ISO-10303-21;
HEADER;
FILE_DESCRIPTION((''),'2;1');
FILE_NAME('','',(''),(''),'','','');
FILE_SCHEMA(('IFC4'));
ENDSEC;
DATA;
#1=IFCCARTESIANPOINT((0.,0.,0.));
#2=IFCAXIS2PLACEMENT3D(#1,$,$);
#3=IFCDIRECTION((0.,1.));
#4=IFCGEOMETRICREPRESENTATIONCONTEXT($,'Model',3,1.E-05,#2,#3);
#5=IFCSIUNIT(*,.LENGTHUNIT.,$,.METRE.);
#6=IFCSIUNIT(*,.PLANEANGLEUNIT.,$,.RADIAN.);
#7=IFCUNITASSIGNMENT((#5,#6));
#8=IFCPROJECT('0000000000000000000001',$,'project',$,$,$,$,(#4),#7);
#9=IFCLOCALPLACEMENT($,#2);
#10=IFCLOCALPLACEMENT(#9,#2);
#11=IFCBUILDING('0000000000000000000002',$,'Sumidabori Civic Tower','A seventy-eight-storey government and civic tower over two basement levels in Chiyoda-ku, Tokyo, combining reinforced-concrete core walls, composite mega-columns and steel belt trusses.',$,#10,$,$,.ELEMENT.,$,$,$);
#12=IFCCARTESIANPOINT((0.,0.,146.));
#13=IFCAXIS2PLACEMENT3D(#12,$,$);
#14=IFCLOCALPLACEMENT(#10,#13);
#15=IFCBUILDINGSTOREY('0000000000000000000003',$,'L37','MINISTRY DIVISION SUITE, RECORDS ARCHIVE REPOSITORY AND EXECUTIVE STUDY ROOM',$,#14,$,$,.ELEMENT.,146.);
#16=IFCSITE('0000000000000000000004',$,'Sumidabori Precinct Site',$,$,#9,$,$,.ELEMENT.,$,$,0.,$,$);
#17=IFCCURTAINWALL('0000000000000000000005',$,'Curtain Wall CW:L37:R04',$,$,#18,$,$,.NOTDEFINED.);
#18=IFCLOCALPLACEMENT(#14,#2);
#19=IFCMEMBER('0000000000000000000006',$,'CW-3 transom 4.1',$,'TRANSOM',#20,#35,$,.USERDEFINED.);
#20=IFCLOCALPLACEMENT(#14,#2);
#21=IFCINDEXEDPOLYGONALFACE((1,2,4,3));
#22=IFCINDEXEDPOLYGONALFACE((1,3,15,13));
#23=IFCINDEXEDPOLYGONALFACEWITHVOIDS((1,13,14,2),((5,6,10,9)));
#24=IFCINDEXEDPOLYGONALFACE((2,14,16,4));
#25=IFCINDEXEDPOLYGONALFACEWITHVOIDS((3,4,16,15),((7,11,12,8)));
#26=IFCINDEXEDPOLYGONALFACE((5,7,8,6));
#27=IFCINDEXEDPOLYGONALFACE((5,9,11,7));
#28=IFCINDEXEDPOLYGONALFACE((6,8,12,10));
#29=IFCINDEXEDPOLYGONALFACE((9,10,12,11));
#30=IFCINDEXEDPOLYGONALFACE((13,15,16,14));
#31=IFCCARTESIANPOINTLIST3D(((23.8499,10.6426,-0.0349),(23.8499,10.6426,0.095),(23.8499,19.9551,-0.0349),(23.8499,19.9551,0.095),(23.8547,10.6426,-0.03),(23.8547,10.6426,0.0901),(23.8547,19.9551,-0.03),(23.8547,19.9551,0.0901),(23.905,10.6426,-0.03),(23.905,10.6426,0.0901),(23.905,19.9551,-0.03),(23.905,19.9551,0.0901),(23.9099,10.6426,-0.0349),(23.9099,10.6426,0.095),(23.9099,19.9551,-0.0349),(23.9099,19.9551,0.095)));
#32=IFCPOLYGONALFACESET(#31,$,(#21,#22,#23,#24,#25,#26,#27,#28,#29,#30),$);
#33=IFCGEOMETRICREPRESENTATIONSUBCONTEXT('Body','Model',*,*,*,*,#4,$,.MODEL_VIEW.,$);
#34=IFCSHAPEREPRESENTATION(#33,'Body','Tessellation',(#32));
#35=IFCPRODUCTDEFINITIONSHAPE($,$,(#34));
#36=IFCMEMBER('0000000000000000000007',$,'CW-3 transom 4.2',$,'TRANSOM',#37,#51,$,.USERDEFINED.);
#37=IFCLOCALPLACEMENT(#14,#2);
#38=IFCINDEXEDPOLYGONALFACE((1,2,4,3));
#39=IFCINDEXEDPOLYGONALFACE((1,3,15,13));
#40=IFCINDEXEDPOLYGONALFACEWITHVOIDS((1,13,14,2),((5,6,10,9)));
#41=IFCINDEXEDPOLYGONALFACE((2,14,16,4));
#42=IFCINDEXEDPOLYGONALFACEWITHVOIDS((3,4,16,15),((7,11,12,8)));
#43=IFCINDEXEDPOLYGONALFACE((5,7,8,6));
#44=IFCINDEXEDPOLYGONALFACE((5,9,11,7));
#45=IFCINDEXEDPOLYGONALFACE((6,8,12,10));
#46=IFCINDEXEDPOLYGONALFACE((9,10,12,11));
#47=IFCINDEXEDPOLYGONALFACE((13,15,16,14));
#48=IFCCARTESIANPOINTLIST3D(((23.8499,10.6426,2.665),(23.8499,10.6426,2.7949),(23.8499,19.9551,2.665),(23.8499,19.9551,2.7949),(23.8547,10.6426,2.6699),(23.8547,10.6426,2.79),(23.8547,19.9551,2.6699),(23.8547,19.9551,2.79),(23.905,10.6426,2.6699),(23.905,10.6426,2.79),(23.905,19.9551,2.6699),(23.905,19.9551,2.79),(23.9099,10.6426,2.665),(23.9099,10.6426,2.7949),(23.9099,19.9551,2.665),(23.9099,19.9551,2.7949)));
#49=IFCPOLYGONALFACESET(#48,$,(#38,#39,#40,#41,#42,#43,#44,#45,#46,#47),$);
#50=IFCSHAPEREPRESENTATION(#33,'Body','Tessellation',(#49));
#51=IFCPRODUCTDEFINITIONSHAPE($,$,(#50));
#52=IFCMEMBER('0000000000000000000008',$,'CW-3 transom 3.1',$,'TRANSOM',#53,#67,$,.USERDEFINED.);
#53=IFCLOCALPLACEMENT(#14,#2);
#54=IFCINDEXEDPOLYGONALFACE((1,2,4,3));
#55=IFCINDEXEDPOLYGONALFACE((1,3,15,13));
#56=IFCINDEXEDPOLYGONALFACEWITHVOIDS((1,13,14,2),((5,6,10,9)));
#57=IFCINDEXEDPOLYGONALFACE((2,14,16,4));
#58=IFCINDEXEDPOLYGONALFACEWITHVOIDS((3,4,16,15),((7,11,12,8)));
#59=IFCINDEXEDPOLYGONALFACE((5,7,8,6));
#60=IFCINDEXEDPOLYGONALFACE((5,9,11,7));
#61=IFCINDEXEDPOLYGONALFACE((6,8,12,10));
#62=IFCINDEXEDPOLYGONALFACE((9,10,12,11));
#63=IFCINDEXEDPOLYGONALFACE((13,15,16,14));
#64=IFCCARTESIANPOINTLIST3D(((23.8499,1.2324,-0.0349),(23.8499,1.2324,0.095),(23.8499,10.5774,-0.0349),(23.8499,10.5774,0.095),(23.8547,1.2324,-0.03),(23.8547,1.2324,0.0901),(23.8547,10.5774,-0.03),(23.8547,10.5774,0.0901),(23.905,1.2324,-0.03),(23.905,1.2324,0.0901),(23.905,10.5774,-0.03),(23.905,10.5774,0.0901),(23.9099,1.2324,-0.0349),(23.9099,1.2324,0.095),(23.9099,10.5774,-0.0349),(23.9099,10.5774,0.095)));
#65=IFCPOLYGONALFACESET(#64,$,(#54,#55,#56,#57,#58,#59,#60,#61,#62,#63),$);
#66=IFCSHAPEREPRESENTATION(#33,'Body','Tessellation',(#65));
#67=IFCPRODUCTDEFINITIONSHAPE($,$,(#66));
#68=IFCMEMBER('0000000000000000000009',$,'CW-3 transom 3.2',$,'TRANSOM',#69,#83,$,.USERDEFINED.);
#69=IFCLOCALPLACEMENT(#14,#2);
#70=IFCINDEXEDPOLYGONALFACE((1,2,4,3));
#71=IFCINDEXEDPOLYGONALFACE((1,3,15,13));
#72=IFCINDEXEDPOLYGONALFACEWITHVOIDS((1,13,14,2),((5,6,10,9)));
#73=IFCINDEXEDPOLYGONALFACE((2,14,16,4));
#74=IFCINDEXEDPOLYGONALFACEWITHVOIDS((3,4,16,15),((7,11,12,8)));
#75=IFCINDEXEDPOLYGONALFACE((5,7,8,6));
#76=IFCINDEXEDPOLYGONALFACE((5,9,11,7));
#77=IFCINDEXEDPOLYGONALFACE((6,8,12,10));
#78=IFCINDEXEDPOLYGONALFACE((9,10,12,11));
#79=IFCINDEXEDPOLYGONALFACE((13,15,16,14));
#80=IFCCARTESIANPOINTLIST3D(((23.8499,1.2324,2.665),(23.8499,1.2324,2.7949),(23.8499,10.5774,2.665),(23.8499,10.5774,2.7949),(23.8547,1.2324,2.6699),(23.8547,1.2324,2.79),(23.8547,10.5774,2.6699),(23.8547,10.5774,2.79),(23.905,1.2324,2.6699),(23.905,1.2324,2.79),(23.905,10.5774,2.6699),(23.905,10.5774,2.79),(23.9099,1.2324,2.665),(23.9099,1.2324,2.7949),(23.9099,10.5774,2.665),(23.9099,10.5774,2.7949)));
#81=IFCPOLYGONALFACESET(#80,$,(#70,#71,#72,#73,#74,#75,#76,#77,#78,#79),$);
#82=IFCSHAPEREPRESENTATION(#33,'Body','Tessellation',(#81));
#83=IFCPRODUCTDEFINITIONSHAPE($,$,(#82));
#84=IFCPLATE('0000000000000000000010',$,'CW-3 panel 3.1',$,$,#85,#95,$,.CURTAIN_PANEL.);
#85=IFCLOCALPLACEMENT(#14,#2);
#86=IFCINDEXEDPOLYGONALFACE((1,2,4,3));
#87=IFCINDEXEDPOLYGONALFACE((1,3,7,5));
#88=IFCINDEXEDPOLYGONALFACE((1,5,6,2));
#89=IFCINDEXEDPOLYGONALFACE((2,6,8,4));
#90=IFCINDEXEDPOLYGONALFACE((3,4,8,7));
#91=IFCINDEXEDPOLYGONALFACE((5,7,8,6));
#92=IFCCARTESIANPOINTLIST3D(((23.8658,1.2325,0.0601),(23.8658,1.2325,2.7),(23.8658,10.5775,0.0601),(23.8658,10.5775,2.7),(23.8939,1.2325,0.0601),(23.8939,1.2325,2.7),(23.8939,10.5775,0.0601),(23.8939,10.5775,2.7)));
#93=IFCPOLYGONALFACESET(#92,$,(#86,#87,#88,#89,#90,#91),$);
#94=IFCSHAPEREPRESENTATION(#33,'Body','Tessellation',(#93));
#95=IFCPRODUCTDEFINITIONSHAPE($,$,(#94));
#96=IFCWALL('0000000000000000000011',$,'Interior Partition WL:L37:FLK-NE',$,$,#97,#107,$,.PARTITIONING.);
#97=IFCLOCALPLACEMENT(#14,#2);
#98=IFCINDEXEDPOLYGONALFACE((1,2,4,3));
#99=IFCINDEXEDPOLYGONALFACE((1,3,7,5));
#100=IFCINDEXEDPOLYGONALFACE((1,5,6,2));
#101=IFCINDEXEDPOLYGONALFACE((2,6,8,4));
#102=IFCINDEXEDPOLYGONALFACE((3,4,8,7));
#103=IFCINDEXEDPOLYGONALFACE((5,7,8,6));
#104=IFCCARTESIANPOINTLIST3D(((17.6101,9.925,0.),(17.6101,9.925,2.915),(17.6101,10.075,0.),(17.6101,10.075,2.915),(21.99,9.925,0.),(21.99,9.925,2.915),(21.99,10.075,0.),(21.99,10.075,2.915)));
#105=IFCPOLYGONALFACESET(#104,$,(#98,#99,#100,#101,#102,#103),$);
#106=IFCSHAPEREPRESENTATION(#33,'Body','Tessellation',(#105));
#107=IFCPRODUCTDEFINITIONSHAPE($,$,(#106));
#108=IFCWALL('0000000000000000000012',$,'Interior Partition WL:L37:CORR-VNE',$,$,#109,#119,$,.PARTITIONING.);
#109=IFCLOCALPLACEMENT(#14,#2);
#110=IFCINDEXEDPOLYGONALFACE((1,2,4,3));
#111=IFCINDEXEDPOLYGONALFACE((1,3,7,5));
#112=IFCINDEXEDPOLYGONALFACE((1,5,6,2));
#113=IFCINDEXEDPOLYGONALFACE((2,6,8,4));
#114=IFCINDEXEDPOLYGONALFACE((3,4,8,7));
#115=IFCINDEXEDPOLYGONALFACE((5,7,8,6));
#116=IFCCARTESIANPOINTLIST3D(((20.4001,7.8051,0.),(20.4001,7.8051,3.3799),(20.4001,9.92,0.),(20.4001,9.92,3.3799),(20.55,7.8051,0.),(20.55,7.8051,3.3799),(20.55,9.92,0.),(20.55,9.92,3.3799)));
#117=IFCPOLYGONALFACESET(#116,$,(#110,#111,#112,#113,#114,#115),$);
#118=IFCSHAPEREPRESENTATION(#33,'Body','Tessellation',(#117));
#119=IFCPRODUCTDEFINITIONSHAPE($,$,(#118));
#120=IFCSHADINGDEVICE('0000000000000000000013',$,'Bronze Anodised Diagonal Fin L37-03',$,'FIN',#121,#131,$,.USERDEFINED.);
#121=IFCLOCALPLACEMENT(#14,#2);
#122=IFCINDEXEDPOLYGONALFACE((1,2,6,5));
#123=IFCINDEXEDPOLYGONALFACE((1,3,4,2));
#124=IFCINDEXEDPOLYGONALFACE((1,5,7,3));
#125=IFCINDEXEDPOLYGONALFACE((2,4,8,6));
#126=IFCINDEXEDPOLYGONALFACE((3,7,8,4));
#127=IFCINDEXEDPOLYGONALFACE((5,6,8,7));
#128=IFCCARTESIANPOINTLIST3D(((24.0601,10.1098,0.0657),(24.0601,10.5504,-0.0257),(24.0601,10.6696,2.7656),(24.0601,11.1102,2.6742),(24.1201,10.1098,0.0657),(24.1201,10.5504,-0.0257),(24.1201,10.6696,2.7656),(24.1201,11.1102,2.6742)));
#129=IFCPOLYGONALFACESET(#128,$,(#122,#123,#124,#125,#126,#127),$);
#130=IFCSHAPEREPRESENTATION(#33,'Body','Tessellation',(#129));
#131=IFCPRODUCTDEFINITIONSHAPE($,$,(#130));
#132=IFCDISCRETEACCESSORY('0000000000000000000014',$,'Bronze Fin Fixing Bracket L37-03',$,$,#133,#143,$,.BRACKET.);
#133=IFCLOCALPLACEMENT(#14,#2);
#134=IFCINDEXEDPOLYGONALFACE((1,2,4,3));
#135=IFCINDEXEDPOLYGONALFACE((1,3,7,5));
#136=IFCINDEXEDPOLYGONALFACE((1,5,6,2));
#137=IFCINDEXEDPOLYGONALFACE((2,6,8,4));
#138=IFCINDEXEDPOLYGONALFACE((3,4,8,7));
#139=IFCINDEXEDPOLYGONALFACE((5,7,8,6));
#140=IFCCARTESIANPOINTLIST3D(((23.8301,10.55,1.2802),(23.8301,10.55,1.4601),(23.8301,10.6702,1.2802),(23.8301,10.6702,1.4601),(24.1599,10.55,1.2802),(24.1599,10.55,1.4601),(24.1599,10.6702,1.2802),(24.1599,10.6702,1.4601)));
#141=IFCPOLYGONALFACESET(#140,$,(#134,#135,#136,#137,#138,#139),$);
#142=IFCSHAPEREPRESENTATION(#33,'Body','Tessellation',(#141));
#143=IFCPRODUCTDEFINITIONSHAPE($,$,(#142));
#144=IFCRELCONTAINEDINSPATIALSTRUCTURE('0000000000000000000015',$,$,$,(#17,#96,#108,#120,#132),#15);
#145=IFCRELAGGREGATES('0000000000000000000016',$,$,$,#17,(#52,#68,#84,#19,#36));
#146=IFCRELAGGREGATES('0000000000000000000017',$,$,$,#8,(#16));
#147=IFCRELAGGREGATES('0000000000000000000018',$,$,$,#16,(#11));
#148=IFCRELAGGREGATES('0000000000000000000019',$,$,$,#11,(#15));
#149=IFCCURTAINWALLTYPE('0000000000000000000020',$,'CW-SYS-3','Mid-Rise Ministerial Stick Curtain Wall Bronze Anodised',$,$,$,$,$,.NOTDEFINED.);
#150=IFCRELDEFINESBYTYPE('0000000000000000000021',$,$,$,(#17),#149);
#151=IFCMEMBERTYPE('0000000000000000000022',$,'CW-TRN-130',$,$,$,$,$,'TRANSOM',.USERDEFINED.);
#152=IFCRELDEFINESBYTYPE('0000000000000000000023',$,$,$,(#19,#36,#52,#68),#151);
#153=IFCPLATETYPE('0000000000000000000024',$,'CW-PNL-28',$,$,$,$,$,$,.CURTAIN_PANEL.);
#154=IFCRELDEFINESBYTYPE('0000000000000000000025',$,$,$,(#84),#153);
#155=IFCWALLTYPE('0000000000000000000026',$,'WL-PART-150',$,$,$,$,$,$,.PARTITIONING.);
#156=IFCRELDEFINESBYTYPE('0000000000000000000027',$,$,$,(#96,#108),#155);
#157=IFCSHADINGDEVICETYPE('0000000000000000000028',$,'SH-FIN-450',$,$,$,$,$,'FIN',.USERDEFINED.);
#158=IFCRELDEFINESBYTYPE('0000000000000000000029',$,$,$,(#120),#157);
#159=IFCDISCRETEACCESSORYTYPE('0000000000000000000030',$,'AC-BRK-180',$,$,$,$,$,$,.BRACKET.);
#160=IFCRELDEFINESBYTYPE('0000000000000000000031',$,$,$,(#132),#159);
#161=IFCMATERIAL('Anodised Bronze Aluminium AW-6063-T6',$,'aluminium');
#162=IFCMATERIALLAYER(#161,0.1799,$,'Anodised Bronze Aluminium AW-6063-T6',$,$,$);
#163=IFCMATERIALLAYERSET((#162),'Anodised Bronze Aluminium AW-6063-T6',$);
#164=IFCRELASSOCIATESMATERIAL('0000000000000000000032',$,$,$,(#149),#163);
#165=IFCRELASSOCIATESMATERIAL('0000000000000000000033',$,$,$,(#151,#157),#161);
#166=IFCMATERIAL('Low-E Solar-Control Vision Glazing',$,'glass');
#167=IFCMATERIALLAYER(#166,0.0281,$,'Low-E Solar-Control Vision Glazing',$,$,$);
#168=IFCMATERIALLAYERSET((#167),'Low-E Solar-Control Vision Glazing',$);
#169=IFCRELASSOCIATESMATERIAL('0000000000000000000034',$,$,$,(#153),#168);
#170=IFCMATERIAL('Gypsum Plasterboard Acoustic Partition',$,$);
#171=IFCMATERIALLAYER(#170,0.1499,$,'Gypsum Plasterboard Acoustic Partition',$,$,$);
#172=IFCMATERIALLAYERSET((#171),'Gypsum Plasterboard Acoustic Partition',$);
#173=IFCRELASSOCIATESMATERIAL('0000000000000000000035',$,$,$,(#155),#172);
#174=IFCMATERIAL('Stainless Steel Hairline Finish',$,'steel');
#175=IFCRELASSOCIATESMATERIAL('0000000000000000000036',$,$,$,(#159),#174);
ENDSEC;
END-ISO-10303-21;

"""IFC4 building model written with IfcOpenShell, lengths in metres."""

from ifc_helpers import new_model, si_unit, direction, frame, frame_2d, origin, origin_2d, place, context, subcontext, project, spatial, rectangle, hollow_rectangle, extrude, source, transform, mapped, material, layer, layer_set, material_profile, profile_set, type_object, element, aggregate, save


model = new_model("IFC4")

# Units and contexts
model_context = context("Model", 3, precision=1e-05, world=origin(), true_north=direction((0.0, 1.0)))
body_context = subcontext(model_context, "Body", "Model", "MODEL_VIEW")
ifc_project = project(units=[si_unit("LENGTHUNIT", "METRE"), si_unit("PLANEANGLEUNIT", "RADIAN")], contexts=[model_context])

# Site, building, storey
site_placement = place(None, origin())
site = spatial("IfcSite", under=ifc_project, at=site_placement, Name="Sumidabori Precinct Site", CompositionType="ELEMENT", RefElevation=0.0)
building_placement = place(site_placement, origin())
building = spatial("IfcBuilding", under=site, at=building_placement, Name="Sumidabori Civic Tower", Description="A seventy-eight-storey government and civic tower over two basement levels in Chiyoda-ku, Tokyo, combining reinforced-concrete core walls, composite mega-columns and steel belt trusses.", CompositionType="ELEMENT")
storey_placement = place(building_placement, frame((0.0, 0.0, 146.0)))
storey = spatial("IfcBuildingStorey", under=building, at=storey_placement, Name="L37", Description="MINISTRY DIVISION SUITE, RECORDS ARCHIVE REPOSITORY AND EXECUTIVE STUDY ROOM", CompositionType="ELEMENT", Elevation=146.0)

# Curtain wall, members, plate
ifc_material_1 = material(Name="Anodised Bronze Aluminium AW-6063-T6", Category="aluminium")
ifc_layer_1 = layer(ifc_material_1, 0.1799, Name="Anodised Bronze Aluminium AW-6063-T6")
ifc_layer_set_1 = layer_set([ifc_layer_1], Name="Anodised Bronze Aluminium AW-6063-T6")
curtain_wall_type = type_object("IfcCurtainWallType", Name="CW-SYS-3", Description="Mid-Rise Ministerial Stick Curtain Wall Bronze Anodised", PredefinedType="NOTDEFINED", material=ifc_layer_set_1)
curtain_wall_placement = place(storey_placement, origin())
curtain_wall = element("IfcCurtainWall", 1, at=curtain_wall_placement, inside=storey, type_object=curtain_wall_type, Name="Curtain Wall CW:L37:R04", PredefinedType="NOTDEFINED")
ifc_material_profile_1 = material_profile(ifc_material_1, hollow_rectangle(XDim=0.0601, YDim=0.1299, WallThickness=0.0049, at=origin_2d()), Name="ALU TRANSOM 130x60")
ifc_profile_set_1 = profile_set([ifc_material_profile_1], Name="Anodised Bronze Aluminium AW-6063-T6")
member_type_1 = type_object("IfcMemberType", Name="CW-TRN-130", ElementType="TRANSOM", PredefinedType="USERDEFINED", material=ifc_profile_set_1)
shared_shape_1 = source(origin(), body_context, "Body", "SweptSolid", [
    extrude(hollow_rectangle(XDim=0.0601, YDim=0.1299, WallThickness=0.0049, at=origin_2d()), origin(), (0.0, 0.0, 1.0), 9.3125),
])
member_1_placement = place(storey_placement, frame((23.8799, 10.6426, 0.03), z_axis=(0.0, 1.0, 0.0), x_axis=(-1.0, 0.0, 0.0)))
member_1 = element("IfcMember", 2, at=member_1_placement, type_object=member_type_1, Name="CW-3 transom 4.1", ObjectType="TRANSOM", PredefinedType="USERDEFINED", context=body_context, shape_type="MappedRepresentation", body=[
    mapped(shared_shape_1, transform((0.0, 0.0, 0.0), x_axis=(1.0, 0.0, 0.0), y_axis=(0.0, 1.0, 0.0), z_axis=(0.0, 0.0, 1.0), scale=1.0)),
])
member_2_placement = place(storey_placement, frame((23.8799, 10.6426, 2.73), z_axis=(0.0, 1.0, 0.0), x_axis=(-1.0, 0.0, 0.0)))
member_2 = element("IfcMember", 3, at=member_2_placement, type_object=member_type_1, Name="CW-3 transom 4.2", ObjectType="TRANSOM", PredefinedType="USERDEFINED", context=body_context, shape_type="MappedRepresentation", body=[
    mapped(shared_shape_1, transform((0.0, 0.0, 0.0), x_axis=(1.0, 0.0, 0.0), y_axis=(0.0, 1.0, 0.0), z_axis=(0.0, 0.0, 1.0), scale=1.0)),
])
shared_shape_2 = source(origin(), body_context, "Body", "SweptSolid", [
    extrude(hollow_rectangle(XDim=0.0601, YDim=0.1299, WallThickness=0.0049, at=origin_2d()), origin(), (0.0, 0.0, 1.0), 9.345),
])
member_3_placement = place(storey_placement, frame((23.8799, 1.2324, 0.03), z_axis=(0.0, 1.0, 0.0), x_axis=(-1.0, 0.0, 0.0)))
member_3 = element("IfcMember", 4, at=member_3_placement, type_object=member_type_1, Name="CW-3 transom 3.1", ObjectType="TRANSOM", PredefinedType="USERDEFINED", context=body_context, shape_type="MappedRepresentation", body=[
    mapped(shared_shape_2, transform((0.0, 0.0, 0.0), x_axis=(1.0, 0.0, 0.0), y_axis=(0.0, 1.0, 0.0), z_axis=(0.0, 0.0, 1.0), scale=1.0)),
])
member_4_placement = place(storey_placement, frame((23.8799, 1.2324, 2.73), z_axis=(0.0, 1.0, 0.0), x_axis=(-1.0, 0.0, 0.0)))
member_4 = element("IfcMember", 5, at=member_4_placement, type_object=member_type_1, Name="CW-3 transom 3.2", ObjectType="TRANSOM", PredefinedType="USERDEFINED", context=body_context, shape_type="MappedRepresentation", body=[
    mapped(shared_shape_2, transform((0.0, 0.0, 0.0), x_axis=(1.0, 0.0, 0.0), y_axis=(0.0, 1.0, 0.0), z_axis=(0.0, 0.0, 1.0), scale=1.0)),
])
ifc_material_2 = material(Name="Low-E Solar-Control Vision Glazing", Category="glass")
ifc_layer_2 = layer(ifc_material_2, 0.0281, Name="Low-E Solar-Control Vision Glazing")
ifc_layer_set_2 = layer_set([ifc_layer_2], Name="Low-E Solar-Control Vision Glazing")
plate_type = type_object("IfcPlateType", Name="CW-PNL-28", PredefinedType="CURTAIN_PANEL", material=ifc_layer_set_2)
shared_shape_3 = source(origin(), body_context, "Body", "SweptSolid", [
    extrude(rectangle(XDim=9.345, YDim=0.0281, at=origin_2d()), origin(), (0.0, 0.0, 1.0), 2.6399),
])
plate_placement = place(storey_placement, frame((23.8799, 5.905, 0.0601), z_axis=(0.0, 0.0, 1.0), x_axis=(0.0, 1.0, 0.0)))
plate = element("IfcPlate", 6, at=plate_placement, type_object=plate_type, Name="CW-3 panel 3.1", PredefinedType="CURTAIN_PANEL", context=body_context, shape_type="MappedRepresentation", body=[
    mapped(shared_shape_3, transform((0.0, 0.0, 0.0), x_axis=(1.0, 0.0, 0.0), y_axis=(0.0, 1.0, 0.0), z_axis=(0.0, 0.0, 1.0), scale=1.0)),
])
aggregate(curtain_wall, [member_3, member_4, plate, member_1, member_2])

# Walls
ifc_material_3 = material(Name="Gypsum Plasterboard Acoustic Partition")
ifc_layer_3 = layer(ifc_material_3, 0.1499, Name="Gypsum Plasterboard Acoustic Partition")
ifc_layer_set_3 = layer_set([ifc_layer_3], Name="Gypsum Plasterboard Acoustic Partition")
wall_type = type_object("IfcWallType", Name="WL-PART-150", PredefinedType="PARTITIONING", material=ifc_layer_set_3)
shared_shape_4 = source(origin(), body_context, "Body", "SweptSolid", [
    extrude(rectangle(XDim=4.3799, YDim=0.1499, at=frame_2d((2.1899, 0.0))), origin(), (0.0, 0.0, 1.0), 2.915),
])
wall_1_placement = place(storey_placement, frame((17.6101, 10.0, 0.0), z_axis=(0.0, 0.0, 1.0), x_axis=(1.0, 0.0, 0.0)))
element("IfcWall", 7, at=wall_1_placement, inside=storey, type_object=wall_type, Name="Interior Partition WL:L37:FLK-NE", PredefinedType="PARTITIONING", context=body_context, shape_type="MappedRepresentation", body=[
    mapped(shared_shape_4, transform((0.0, 0.0, 0.0), x_axis=(1.0, 0.0, 0.0), y_axis=(0.0, 1.0, 0.0), z_axis=(0.0, 0.0, 1.0), scale=1.0)),
])
shared_shape_5 = source(origin(), body_context, "Body", "SweptSolid", [
    extrude(rectangle(XDim=2.115, YDim=0.1499, at=frame_2d((1.0576, 0.0))), origin(), (0.0, 0.0, 1.0), 3.3799),
])
wall_2_placement = place(storey_placement, frame((20.4751, 7.8049, 0.0), z_axis=(0.0, 0.0, 1.0), x_axis=(0.0, 1.0, 0.0)))
element("IfcWall", 8, at=wall_2_placement, inside=storey, type_object=wall_type, Name="Interior Partition WL:L37:CORR-VNE", PredefinedType="PARTITIONING", context=body_context, shape_type="MappedRepresentation", body=[
    mapped(shared_shape_5, transform((0.0, 0.0, 0.0), x_axis=(1.0, 0.0, 0.0), y_axis=(0.0, 1.0, 0.0), z_axis=(0.0, 0.0, 1.0), scale=1.0)),
])

# Shading device
ifc_material_profile_2 = material_profile(ifc_material_1, rectangle(XDim=0.0601, YDim=0.45, at=origin_2d()), Name="BRONZE FIN 450x60")
ifc_profile_set_2 = profile_set([ifc_material_profile_2], Name="Anodised Bronze Aluminium AW-6063-T6")
shading_device_type = type_object("IfcShadingDeviceType", Name="SH-FIN-450", ElementType="FIN", PredefinedType="USERDEFINED", material=ifc_profile_set_2)
shared_shape_6 = source(origin(), body_context, "Body", "SweptSolid", [
    extrude(rectangle(XDim=0.0601, YDim=0.45, at=origin_2d()), origin(), (0.0, 0.0, 1.0), 2.7573),
])
shading_device_placement = place(storey_placement, frame((24.0901, 10.3301, 0.02), z_axis=(0.0, 0.203024, 0.979174), x_axis=(-1.0, 0.0, 0.0)))
element("IfcShadingDevice", 9, at=shading_device_placement, inside=storey, type_object=shading_device_type, Name="Bronze Anodised Diagonal Fin L37-03", ObjectType="FIN", PredefinedType="USERDEFINED", context=body_context, shape_type="MappedRepresentation", body=[
    mapped(shared_shape_6, transform((0.0, 0.0, 0.0), x_axis=(1.0, 0.0, 0.0), y_axis=(0.0, 1.0, 0.0), z_axis=(0.0, 0.0, 1.0), scale=1.0)),
])

# Discrete accessory
ifc_material_4 = material(Name="Stainless Steel Hairline Finish", Category="steel")
ifc_material_profile_3 = material_profile(ifc_material_4, rectangle(XDim=0.1201, YDim=0.1799, at=origin_2d()), Name="STEEL BRACKET 180x120")
ifc_profile_set_3 = profile_set([ifc_material_profile_3], Name="Stainless Steel Hairline Finish")
discrete_accessory_type = type_object("IfcDiscreteAccessoryType", Name="AC-BRK-180", PredefinedType="BRACKET", material=ifc_profile_set_3)
shared_shape_7 = source(origin(), body_context, "Body", "SweptSolid", [
    extrude(rectangle(XDim=0.1201, YDim=0.1799, at=origin_2d()), origin(), (0.0, 0.0, 1.0), 0.3298),
])
discrete_accessory_placement = place(storey_placement, frame((23.8301, 10.6101, 1.3701), z_axis=(1.0, 0.0, 0.0), x_axis=(0.0, 1.0, 0.0)))
element("IfcDiscreteAccessory", 10, at=discrete_accessory_placement, inside=storey, type_object=discrete_accessory_type, Name="Bronze Fin Fixing Bracket L37-03", PredefinedType="BRACKET", context=body_context, shape_type="MappedRepresentation", body=[
    mapped(shared_shape_7, transform((0.0, 0.0, 0.0), x_axis=(1.0, 0.0, 0.0), y_axis=(0.0, 1.0, 0.0), z_axis=(0.0, 0.0, 1.0), scale=1.0)),
])

save(model, "model.ifc")
